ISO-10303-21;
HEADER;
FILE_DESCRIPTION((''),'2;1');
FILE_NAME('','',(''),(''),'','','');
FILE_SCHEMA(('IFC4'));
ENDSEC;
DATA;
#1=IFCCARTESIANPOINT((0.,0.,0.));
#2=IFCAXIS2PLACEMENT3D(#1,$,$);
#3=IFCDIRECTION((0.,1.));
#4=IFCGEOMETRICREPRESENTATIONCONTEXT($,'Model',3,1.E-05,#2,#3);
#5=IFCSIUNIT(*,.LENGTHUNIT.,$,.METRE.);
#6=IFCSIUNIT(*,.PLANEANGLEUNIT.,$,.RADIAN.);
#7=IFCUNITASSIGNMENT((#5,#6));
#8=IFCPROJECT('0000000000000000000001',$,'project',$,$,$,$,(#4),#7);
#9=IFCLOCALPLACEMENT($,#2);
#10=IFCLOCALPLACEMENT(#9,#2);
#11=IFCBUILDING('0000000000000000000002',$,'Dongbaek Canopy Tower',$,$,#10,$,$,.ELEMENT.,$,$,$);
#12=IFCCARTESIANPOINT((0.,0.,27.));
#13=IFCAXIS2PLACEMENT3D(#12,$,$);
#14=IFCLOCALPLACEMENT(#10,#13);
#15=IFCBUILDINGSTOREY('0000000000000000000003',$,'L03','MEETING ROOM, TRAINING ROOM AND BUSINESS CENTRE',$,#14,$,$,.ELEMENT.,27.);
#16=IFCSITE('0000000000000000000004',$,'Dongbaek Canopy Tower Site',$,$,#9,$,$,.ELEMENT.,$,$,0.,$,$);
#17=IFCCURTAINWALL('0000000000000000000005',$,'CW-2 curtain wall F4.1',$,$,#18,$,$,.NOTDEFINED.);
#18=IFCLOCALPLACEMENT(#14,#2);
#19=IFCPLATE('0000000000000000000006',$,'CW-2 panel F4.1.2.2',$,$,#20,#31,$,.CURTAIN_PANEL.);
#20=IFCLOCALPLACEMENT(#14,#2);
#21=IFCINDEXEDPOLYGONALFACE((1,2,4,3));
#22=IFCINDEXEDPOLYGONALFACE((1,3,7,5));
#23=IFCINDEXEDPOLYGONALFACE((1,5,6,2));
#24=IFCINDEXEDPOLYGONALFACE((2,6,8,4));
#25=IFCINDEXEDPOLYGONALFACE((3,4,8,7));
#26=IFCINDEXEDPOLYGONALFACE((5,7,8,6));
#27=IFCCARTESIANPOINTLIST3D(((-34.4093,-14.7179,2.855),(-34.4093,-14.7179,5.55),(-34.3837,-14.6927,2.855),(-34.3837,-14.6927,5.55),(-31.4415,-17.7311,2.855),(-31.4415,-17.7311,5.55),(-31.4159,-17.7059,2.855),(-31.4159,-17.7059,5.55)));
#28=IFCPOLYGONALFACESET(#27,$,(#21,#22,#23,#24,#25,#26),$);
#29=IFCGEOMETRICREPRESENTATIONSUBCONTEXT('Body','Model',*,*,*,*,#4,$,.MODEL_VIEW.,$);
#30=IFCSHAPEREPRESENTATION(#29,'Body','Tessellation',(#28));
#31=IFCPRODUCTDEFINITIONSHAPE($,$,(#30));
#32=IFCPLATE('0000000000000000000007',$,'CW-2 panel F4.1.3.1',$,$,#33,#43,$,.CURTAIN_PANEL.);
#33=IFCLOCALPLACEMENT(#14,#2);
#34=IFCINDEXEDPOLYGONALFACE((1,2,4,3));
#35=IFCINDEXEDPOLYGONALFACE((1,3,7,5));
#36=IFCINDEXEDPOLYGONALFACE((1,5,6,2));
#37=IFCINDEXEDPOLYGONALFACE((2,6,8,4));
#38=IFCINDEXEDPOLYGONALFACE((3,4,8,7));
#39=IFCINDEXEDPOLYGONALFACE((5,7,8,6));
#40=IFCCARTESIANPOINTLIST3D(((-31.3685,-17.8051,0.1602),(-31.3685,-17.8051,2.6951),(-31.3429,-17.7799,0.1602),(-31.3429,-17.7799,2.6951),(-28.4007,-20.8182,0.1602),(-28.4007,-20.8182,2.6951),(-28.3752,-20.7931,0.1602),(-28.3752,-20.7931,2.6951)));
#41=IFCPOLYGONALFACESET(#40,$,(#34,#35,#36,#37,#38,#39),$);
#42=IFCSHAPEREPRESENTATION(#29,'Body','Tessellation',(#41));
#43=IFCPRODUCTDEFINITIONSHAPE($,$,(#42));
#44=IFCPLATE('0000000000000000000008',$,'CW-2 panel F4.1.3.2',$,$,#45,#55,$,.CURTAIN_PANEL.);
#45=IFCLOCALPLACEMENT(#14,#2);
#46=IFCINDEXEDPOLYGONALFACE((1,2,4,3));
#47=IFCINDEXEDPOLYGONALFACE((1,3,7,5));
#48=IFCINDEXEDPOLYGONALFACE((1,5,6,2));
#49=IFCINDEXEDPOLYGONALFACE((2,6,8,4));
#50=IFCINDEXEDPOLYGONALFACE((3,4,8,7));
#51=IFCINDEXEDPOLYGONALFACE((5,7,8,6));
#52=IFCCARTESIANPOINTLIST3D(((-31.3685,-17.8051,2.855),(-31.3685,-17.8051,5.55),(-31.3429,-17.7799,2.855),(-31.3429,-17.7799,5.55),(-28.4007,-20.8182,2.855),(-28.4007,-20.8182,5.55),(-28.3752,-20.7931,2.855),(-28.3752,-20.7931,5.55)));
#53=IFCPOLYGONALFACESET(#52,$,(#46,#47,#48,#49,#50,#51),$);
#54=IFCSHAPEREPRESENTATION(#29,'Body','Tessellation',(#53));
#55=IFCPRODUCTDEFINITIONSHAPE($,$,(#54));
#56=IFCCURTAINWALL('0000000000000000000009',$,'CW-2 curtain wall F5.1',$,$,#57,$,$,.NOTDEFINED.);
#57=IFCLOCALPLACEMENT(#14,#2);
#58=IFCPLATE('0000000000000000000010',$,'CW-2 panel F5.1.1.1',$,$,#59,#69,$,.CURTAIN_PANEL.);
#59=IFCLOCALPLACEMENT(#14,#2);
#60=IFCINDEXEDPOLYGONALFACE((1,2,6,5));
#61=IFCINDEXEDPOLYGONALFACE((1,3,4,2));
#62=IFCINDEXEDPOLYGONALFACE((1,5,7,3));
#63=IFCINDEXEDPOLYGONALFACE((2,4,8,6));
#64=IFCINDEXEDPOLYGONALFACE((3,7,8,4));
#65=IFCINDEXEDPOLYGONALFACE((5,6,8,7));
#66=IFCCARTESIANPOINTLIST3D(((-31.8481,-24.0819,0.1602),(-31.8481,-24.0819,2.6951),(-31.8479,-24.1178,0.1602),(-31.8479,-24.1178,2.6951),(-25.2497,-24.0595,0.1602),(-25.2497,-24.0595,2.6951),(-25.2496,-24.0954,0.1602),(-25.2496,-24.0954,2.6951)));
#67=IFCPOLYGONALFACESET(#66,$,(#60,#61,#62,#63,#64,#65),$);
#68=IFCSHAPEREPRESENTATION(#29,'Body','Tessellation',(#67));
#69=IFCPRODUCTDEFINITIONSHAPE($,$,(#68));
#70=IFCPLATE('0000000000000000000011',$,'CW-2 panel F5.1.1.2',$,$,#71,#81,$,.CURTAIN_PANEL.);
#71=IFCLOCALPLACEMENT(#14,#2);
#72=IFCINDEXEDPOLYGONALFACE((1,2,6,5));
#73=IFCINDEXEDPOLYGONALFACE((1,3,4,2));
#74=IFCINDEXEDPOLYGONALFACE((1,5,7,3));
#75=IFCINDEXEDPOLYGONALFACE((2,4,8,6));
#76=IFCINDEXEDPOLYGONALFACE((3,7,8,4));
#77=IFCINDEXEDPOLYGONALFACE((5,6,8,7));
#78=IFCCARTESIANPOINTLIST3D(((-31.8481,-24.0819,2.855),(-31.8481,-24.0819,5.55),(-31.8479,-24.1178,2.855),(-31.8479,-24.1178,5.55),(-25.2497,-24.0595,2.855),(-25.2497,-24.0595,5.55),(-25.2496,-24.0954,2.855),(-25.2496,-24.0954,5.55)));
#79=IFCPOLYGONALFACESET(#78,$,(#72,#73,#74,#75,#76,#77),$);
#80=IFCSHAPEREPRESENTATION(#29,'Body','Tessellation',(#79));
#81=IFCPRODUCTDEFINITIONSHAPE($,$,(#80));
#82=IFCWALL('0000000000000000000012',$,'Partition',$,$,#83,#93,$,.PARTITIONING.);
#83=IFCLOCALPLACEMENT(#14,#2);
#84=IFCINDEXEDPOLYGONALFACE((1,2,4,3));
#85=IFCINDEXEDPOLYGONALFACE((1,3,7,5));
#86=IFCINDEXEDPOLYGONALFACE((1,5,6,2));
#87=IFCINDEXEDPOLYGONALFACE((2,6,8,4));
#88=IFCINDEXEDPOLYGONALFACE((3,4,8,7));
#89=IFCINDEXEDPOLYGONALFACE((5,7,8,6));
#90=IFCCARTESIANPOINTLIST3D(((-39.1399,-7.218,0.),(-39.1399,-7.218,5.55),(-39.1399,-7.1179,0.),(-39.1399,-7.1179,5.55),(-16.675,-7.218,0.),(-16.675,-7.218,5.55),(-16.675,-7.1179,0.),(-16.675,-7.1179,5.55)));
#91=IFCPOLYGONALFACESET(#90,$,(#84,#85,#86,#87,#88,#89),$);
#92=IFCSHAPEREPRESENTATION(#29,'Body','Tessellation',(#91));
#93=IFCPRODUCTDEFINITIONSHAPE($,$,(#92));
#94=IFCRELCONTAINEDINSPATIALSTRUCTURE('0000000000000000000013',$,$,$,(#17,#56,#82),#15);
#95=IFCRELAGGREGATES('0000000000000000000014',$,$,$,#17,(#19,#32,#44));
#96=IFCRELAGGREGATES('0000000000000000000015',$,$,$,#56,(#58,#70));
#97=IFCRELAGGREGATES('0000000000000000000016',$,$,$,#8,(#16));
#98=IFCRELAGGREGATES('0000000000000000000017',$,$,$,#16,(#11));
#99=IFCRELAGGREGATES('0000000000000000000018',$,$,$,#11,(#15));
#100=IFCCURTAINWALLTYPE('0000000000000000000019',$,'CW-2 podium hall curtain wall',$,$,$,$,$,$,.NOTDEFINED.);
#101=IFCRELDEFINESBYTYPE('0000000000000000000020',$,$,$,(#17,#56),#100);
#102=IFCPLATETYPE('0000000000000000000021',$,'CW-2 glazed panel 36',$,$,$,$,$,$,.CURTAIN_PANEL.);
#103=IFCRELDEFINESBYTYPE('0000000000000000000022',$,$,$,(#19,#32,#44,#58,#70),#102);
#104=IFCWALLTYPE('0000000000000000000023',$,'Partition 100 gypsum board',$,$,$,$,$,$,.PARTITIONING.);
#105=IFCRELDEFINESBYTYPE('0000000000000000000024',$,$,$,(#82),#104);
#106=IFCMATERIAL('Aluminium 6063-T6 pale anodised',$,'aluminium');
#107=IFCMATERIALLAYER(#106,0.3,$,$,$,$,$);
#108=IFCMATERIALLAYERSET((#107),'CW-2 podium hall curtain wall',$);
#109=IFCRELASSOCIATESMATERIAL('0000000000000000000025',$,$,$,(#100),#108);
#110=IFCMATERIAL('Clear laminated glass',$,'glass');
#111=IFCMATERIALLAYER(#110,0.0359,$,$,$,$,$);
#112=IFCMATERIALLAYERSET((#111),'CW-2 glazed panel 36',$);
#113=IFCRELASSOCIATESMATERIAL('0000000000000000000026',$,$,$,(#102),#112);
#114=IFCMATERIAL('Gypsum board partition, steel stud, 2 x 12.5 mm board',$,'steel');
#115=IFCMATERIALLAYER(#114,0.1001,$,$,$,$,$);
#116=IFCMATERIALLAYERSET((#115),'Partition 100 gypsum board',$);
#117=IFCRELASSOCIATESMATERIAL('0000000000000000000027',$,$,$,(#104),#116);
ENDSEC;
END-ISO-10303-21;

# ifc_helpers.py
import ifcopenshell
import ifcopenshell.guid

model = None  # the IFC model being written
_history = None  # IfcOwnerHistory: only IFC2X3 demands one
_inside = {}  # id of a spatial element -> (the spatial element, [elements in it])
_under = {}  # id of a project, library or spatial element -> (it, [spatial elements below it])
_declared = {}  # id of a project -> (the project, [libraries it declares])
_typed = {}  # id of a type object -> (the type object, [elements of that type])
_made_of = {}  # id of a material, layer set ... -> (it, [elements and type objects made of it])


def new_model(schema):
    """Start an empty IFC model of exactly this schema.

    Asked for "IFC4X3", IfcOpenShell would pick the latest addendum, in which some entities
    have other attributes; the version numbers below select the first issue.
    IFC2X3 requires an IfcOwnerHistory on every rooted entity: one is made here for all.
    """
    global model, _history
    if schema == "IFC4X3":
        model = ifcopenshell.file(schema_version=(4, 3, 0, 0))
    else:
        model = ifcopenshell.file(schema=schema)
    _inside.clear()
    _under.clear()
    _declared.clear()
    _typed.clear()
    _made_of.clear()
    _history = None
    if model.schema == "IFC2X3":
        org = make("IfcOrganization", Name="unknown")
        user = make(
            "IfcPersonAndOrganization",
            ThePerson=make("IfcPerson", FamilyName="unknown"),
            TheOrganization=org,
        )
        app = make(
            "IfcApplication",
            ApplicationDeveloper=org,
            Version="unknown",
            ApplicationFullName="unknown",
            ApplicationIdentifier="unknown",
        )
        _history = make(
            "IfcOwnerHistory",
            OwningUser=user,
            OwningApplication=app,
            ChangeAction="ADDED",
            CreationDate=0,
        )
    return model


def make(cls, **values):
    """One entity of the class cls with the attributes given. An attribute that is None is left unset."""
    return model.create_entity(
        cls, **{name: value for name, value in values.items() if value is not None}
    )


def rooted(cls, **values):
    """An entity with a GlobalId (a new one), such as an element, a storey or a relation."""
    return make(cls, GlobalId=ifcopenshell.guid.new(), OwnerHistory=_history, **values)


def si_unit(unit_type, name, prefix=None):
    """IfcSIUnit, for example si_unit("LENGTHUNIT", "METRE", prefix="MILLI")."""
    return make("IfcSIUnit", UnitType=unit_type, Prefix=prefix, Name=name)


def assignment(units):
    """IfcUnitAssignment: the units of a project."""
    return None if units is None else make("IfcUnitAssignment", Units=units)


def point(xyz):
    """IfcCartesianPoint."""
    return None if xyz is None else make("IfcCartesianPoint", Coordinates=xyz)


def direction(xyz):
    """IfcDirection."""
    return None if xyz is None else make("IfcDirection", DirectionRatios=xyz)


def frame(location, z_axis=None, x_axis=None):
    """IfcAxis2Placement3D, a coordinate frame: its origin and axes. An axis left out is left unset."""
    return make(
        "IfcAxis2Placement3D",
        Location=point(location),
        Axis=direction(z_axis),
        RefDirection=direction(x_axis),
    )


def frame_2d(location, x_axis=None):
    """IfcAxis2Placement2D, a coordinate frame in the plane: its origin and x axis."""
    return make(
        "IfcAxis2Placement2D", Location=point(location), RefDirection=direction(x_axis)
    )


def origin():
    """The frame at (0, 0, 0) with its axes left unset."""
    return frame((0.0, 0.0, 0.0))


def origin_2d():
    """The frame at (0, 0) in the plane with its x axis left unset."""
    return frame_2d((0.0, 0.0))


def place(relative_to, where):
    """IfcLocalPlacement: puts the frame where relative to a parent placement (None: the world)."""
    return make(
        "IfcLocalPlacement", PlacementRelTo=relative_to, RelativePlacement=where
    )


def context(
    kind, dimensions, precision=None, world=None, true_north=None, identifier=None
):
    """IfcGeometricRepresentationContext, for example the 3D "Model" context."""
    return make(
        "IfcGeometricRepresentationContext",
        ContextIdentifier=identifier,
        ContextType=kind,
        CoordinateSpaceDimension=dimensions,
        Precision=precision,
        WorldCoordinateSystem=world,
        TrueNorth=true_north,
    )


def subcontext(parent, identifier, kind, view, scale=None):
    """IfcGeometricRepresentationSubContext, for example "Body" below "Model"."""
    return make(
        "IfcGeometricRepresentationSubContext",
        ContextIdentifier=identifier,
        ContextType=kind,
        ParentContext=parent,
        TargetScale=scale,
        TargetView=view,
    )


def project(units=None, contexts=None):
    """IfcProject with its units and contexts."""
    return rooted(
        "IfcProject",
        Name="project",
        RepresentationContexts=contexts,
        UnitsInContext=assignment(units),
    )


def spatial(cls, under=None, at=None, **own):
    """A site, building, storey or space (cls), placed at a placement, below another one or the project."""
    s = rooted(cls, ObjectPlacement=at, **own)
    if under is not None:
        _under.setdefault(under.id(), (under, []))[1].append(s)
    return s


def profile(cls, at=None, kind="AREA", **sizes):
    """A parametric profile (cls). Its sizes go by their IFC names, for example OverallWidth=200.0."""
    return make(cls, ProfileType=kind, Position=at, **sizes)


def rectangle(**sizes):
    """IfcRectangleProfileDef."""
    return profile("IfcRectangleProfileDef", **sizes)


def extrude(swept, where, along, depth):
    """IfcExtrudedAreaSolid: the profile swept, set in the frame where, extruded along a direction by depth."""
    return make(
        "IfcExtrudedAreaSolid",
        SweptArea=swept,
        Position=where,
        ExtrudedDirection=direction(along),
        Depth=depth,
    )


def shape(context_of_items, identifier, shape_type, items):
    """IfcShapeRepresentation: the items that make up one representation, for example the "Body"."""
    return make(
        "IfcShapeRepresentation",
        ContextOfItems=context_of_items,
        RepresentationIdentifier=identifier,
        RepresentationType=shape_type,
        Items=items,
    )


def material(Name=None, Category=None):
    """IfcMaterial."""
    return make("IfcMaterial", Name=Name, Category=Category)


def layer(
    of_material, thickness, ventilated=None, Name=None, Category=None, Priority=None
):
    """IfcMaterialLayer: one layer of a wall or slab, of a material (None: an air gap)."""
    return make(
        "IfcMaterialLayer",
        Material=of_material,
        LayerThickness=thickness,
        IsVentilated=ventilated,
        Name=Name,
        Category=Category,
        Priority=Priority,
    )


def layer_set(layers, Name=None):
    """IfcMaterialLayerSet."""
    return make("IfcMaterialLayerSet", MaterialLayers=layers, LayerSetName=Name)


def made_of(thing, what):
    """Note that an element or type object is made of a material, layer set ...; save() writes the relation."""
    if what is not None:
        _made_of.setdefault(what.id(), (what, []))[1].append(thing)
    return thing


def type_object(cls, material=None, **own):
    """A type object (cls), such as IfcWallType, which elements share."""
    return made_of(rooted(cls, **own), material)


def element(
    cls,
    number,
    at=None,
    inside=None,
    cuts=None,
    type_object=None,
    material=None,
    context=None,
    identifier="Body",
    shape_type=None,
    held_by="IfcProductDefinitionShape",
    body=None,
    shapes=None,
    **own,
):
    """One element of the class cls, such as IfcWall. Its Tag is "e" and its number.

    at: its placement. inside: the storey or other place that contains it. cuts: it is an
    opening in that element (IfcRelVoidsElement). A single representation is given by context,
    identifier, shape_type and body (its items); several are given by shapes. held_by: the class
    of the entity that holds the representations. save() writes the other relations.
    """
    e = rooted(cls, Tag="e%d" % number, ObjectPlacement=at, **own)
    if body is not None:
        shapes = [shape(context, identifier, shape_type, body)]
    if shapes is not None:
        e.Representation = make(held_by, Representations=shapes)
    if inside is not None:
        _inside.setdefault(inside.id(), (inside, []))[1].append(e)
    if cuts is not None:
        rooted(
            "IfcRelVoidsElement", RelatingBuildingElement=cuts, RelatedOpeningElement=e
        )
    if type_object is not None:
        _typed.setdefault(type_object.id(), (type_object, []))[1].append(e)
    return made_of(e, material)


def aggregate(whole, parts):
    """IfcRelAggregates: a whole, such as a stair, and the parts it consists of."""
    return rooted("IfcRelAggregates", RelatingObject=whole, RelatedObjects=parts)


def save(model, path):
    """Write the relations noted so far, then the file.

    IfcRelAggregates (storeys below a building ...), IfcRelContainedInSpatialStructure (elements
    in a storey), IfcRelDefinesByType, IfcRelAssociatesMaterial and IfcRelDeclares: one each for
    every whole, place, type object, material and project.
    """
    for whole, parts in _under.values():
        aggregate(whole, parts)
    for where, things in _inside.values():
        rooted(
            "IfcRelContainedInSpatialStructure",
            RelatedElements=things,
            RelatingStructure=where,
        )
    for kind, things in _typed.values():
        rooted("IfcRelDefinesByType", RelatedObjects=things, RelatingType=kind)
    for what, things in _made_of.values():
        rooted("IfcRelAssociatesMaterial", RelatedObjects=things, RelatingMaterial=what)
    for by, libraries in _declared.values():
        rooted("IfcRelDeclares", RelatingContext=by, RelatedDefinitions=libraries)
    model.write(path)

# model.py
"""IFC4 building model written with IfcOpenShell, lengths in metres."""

from ifc_helpers import new_model, si_unit, direction, frame, frame_2d, origin, origin_2d, place, context, subcontext, project, spatial, rectangle, extrude, material, layer, layer_set, type_object, element, aggregate, save


model = new_model("IFC4")

# Units and contexts
model_context = context("Model", 3, precision=1e-05, world=origin(), true_north=direction((0.0, 1.0)))
body_context = subcontext(model_context, "Body", "Model", "MODEL_VIEW")
ifc_project = project(units=[si_unit("LENGTHUNIT", "METRE"), si_unit("PLANEANGLEUNIT", "RADIAN")], contexts=[model_context])

# Site, building, storey
site_placement = place(None, origin())
site = spatial("IfcSite", under=ifc_project, at=site_placement, Name="Dongbaek Canopy Tower Site", CompositionType="ELEMENT", RefElevation=0.0)
building_placement = place(site_placement, origin())
building = spatial("IfcBuilding", under=site, at=building_placement, Name="Dongbaek Canopy Tower", CompositionType="ELEMENT")
storey_placement = place(building_placement, frame((0.0, 0.0, 27.0)))
storey = spatial("IfcBuildingStorey", under=building, at=storey_placement, Name="L03", Description="MEETING ROOM, TRAINING ROOM AND BUSINESS CENTRE", CompositionType="ELEMENT", Elevation=27.0)

# Shared definitions
ifc_material_1 = material(Name="Aluminium 6063-T6 pale anodised", Category="aluminium")
ifc_layer_1 = layer(ifc_material_1, 0.3)
ifc_layer_set_1 = layer_set([ifc_layer_1], Name="CW-2 podium hall curtain wall")
curtain_wall_type = type_object("IfcCurtainWallType", Name="CW-2 podium hall curtain wall", PredefinedType="NOTDEFINED", material=ifc_layer_set_1)

# Curtain wall
curtain_wall_1_placement = place(storey_placement, origin())
curtain_wall_1 = element("IfcCurtainWall", 1, at=curtain_wall_1_placement, inside=storey, type_object=curtain_wall_type, Name="CW-2 curtain wall F4.1", PredefinedType="NOTDEFINED")

# Plates
ifc_material_2 = material(Name="Clear laminated glass", Category="glass")
ifc_layer_2 = layer(ifc_material_2, 0.0359)
ifc_layer_set_2 = layer_set([ifc_layer_2], Name="CW-2 glazed panel 36")
plate_type = type_object("IfcPlateType", Name="CW-2 glazed panel 36", PredefinedType="CURTAIN_PANEL", material=ifc_layer_set_2)
plate_1_placement = place(storey_placement, frame((-32.9126, -16.2119, 2.855), z_axis=(0.0, 0.0, 1.0), x_axis=(0.701718, -0.712455, 0.0)))
plate_1 = element("IfcPlate", 2, at=plate_1_placement, type_object=plate_type, Name="CW-2 panel F4.1.2.2", PredefinedType="CURTAIN_PANEL", context=body_context, shape_type="SweptSolid", body=[
    extrude(rectangle(XDim=4.2292, YDim=0.0359, at=origin_2d()), origin(), (0.0, 0.0, 1.0), 2.6951),
])
plate_2_placement = place(storey_placement, frame((-29.8718, -19.2991, 0.1602), z_axis=(0.0, 0.0, 1.0), x_axis=(0.701718, -0.712455, 0.0)))
plate_2 = element("IfcPlate", 3, at=plate_2_placement, type_object=plate_type, Name="CW-2 panel F4.1.3.1", PredefinedType="CURTAIN_PANEL", context=body_context, shape_type="SweptSolid", body=[
    extrude(rectangle(XDim=4.2292, YDim=0.0359, at=origin_2d()), origin(), (0.0, 0.0, 1.0), 2.5349),
])
plate_3_placement = place(storey_placement, frame((-29.8718, -19.2991, 2.855), z_axis=(0.0, 0.0, 1.0), x_axis=(0.701718, -0.712455, 0.0)))
plate_3 = element("IfcPlate", 4, at=plate_3_placement, type_object=plate_type, Name="CW-2 panel F4.1.3.2", PredefinedType="CURTAIN_PANEL", context=body_context, shape_type="SweptSolid", body=[
    extrude(rectangle(XDim=4.2292, YDim=0.0359, at=origin_2d()), origin(), (0.0, 0.0, 1.0), 2.6951),
])
aggregate(curtain_wall_1, [plate_1, plate_2, plate_3])

# Curtain wall, plates
curtain_wall_2_placement = place(storey_placement, origin())
curtain_wall_2 = element("IfcCurtainWall", 5, at=curtain_wall_2_placement, inside=storey, type_object=curtain_wall_type, Name="CW-2 curtain wall F5.1", PredefinedType="NOTDEFINED")
plate_4_placement = place(storey_placement, frame((-28.5488, -24.0886, 0.1602), z_axis=(0.0, 0.0, 1.0), x_axis=(-0.999994, -0.003396, 0.0)))
plate_4 = element("IfcPlate", 6, at=plate_4_placement, type_object=plate_type, Name="CW-2 panel F5.1.1.1", PredefinedType="CURTAIN_PANEL", context=body_context, shape_type="SweptSolid", body=[
    extrude(rectangle(XDim=6.5984, YDim=0.0359, at=origin_2d()), origin(), (0.0, 0.0, 1.0), 2.5349),
])
plate_5_placement = place(storey_placement, frame((-28.5488, -24.0886, 2.855), z_axis=(0.0, 0.0, 1.0), x_axis=(-0.999994, -0.003396, 0.0)))
plate_5 = element("IfcPlate", 7, at=plate_5_placement, type_object=plate_type, Name="CW-2 panel F5.1.1.2", PredefinedType="CURTAIN_PANEL", context=body_context, shape_type="SweptSolid", body=[
    extrude(rectangle(XDim=6.5984, YDim=0.0359, at=origin_2d()), origin(), (0.0, 0.0, 1.0), 2.6951),
])
aggregate(curtain_wall_2, [plate_4, plate_5])

# Wall
ifc_material_3 = material(Name="Gypsum board partition, steel stud, 2 x 12.5 mm board", Category="steel")
ifc_layer_3 = layer(ifc_material_3, 0.1001)
ifc_layer_set_3 = layer_set([ifc_layer_3], Name="Partition 100 gypsum board")
wall_type = type_object("IfcWallType", Name="Partition 100 gypsum board", PredefinedType="PARTITIONING", material=ifc_layer_set_3)
wall_placement = place(storey_placement, frame((-39.1399, -7.168, 0.0), z_axis=(0.0, 0.0, 1.0), x_axis=(1.0, 0.0, 0.0)))
element("IfcWall", 8, at=wall_placement, inside=storey, type_object=wall_type, Name="Partition", PredefinedType="PARTITIONING", context=body_context, shape_type="SweptSolid", body=[
    extrude(rectangle(XDim=22.4648, YDim=0.1001, at=frame_2d((11.2324, 0.0))), origin(), (0.0, 0.0, 1.0), 5.55),
])

save(model, "model.ifc")
